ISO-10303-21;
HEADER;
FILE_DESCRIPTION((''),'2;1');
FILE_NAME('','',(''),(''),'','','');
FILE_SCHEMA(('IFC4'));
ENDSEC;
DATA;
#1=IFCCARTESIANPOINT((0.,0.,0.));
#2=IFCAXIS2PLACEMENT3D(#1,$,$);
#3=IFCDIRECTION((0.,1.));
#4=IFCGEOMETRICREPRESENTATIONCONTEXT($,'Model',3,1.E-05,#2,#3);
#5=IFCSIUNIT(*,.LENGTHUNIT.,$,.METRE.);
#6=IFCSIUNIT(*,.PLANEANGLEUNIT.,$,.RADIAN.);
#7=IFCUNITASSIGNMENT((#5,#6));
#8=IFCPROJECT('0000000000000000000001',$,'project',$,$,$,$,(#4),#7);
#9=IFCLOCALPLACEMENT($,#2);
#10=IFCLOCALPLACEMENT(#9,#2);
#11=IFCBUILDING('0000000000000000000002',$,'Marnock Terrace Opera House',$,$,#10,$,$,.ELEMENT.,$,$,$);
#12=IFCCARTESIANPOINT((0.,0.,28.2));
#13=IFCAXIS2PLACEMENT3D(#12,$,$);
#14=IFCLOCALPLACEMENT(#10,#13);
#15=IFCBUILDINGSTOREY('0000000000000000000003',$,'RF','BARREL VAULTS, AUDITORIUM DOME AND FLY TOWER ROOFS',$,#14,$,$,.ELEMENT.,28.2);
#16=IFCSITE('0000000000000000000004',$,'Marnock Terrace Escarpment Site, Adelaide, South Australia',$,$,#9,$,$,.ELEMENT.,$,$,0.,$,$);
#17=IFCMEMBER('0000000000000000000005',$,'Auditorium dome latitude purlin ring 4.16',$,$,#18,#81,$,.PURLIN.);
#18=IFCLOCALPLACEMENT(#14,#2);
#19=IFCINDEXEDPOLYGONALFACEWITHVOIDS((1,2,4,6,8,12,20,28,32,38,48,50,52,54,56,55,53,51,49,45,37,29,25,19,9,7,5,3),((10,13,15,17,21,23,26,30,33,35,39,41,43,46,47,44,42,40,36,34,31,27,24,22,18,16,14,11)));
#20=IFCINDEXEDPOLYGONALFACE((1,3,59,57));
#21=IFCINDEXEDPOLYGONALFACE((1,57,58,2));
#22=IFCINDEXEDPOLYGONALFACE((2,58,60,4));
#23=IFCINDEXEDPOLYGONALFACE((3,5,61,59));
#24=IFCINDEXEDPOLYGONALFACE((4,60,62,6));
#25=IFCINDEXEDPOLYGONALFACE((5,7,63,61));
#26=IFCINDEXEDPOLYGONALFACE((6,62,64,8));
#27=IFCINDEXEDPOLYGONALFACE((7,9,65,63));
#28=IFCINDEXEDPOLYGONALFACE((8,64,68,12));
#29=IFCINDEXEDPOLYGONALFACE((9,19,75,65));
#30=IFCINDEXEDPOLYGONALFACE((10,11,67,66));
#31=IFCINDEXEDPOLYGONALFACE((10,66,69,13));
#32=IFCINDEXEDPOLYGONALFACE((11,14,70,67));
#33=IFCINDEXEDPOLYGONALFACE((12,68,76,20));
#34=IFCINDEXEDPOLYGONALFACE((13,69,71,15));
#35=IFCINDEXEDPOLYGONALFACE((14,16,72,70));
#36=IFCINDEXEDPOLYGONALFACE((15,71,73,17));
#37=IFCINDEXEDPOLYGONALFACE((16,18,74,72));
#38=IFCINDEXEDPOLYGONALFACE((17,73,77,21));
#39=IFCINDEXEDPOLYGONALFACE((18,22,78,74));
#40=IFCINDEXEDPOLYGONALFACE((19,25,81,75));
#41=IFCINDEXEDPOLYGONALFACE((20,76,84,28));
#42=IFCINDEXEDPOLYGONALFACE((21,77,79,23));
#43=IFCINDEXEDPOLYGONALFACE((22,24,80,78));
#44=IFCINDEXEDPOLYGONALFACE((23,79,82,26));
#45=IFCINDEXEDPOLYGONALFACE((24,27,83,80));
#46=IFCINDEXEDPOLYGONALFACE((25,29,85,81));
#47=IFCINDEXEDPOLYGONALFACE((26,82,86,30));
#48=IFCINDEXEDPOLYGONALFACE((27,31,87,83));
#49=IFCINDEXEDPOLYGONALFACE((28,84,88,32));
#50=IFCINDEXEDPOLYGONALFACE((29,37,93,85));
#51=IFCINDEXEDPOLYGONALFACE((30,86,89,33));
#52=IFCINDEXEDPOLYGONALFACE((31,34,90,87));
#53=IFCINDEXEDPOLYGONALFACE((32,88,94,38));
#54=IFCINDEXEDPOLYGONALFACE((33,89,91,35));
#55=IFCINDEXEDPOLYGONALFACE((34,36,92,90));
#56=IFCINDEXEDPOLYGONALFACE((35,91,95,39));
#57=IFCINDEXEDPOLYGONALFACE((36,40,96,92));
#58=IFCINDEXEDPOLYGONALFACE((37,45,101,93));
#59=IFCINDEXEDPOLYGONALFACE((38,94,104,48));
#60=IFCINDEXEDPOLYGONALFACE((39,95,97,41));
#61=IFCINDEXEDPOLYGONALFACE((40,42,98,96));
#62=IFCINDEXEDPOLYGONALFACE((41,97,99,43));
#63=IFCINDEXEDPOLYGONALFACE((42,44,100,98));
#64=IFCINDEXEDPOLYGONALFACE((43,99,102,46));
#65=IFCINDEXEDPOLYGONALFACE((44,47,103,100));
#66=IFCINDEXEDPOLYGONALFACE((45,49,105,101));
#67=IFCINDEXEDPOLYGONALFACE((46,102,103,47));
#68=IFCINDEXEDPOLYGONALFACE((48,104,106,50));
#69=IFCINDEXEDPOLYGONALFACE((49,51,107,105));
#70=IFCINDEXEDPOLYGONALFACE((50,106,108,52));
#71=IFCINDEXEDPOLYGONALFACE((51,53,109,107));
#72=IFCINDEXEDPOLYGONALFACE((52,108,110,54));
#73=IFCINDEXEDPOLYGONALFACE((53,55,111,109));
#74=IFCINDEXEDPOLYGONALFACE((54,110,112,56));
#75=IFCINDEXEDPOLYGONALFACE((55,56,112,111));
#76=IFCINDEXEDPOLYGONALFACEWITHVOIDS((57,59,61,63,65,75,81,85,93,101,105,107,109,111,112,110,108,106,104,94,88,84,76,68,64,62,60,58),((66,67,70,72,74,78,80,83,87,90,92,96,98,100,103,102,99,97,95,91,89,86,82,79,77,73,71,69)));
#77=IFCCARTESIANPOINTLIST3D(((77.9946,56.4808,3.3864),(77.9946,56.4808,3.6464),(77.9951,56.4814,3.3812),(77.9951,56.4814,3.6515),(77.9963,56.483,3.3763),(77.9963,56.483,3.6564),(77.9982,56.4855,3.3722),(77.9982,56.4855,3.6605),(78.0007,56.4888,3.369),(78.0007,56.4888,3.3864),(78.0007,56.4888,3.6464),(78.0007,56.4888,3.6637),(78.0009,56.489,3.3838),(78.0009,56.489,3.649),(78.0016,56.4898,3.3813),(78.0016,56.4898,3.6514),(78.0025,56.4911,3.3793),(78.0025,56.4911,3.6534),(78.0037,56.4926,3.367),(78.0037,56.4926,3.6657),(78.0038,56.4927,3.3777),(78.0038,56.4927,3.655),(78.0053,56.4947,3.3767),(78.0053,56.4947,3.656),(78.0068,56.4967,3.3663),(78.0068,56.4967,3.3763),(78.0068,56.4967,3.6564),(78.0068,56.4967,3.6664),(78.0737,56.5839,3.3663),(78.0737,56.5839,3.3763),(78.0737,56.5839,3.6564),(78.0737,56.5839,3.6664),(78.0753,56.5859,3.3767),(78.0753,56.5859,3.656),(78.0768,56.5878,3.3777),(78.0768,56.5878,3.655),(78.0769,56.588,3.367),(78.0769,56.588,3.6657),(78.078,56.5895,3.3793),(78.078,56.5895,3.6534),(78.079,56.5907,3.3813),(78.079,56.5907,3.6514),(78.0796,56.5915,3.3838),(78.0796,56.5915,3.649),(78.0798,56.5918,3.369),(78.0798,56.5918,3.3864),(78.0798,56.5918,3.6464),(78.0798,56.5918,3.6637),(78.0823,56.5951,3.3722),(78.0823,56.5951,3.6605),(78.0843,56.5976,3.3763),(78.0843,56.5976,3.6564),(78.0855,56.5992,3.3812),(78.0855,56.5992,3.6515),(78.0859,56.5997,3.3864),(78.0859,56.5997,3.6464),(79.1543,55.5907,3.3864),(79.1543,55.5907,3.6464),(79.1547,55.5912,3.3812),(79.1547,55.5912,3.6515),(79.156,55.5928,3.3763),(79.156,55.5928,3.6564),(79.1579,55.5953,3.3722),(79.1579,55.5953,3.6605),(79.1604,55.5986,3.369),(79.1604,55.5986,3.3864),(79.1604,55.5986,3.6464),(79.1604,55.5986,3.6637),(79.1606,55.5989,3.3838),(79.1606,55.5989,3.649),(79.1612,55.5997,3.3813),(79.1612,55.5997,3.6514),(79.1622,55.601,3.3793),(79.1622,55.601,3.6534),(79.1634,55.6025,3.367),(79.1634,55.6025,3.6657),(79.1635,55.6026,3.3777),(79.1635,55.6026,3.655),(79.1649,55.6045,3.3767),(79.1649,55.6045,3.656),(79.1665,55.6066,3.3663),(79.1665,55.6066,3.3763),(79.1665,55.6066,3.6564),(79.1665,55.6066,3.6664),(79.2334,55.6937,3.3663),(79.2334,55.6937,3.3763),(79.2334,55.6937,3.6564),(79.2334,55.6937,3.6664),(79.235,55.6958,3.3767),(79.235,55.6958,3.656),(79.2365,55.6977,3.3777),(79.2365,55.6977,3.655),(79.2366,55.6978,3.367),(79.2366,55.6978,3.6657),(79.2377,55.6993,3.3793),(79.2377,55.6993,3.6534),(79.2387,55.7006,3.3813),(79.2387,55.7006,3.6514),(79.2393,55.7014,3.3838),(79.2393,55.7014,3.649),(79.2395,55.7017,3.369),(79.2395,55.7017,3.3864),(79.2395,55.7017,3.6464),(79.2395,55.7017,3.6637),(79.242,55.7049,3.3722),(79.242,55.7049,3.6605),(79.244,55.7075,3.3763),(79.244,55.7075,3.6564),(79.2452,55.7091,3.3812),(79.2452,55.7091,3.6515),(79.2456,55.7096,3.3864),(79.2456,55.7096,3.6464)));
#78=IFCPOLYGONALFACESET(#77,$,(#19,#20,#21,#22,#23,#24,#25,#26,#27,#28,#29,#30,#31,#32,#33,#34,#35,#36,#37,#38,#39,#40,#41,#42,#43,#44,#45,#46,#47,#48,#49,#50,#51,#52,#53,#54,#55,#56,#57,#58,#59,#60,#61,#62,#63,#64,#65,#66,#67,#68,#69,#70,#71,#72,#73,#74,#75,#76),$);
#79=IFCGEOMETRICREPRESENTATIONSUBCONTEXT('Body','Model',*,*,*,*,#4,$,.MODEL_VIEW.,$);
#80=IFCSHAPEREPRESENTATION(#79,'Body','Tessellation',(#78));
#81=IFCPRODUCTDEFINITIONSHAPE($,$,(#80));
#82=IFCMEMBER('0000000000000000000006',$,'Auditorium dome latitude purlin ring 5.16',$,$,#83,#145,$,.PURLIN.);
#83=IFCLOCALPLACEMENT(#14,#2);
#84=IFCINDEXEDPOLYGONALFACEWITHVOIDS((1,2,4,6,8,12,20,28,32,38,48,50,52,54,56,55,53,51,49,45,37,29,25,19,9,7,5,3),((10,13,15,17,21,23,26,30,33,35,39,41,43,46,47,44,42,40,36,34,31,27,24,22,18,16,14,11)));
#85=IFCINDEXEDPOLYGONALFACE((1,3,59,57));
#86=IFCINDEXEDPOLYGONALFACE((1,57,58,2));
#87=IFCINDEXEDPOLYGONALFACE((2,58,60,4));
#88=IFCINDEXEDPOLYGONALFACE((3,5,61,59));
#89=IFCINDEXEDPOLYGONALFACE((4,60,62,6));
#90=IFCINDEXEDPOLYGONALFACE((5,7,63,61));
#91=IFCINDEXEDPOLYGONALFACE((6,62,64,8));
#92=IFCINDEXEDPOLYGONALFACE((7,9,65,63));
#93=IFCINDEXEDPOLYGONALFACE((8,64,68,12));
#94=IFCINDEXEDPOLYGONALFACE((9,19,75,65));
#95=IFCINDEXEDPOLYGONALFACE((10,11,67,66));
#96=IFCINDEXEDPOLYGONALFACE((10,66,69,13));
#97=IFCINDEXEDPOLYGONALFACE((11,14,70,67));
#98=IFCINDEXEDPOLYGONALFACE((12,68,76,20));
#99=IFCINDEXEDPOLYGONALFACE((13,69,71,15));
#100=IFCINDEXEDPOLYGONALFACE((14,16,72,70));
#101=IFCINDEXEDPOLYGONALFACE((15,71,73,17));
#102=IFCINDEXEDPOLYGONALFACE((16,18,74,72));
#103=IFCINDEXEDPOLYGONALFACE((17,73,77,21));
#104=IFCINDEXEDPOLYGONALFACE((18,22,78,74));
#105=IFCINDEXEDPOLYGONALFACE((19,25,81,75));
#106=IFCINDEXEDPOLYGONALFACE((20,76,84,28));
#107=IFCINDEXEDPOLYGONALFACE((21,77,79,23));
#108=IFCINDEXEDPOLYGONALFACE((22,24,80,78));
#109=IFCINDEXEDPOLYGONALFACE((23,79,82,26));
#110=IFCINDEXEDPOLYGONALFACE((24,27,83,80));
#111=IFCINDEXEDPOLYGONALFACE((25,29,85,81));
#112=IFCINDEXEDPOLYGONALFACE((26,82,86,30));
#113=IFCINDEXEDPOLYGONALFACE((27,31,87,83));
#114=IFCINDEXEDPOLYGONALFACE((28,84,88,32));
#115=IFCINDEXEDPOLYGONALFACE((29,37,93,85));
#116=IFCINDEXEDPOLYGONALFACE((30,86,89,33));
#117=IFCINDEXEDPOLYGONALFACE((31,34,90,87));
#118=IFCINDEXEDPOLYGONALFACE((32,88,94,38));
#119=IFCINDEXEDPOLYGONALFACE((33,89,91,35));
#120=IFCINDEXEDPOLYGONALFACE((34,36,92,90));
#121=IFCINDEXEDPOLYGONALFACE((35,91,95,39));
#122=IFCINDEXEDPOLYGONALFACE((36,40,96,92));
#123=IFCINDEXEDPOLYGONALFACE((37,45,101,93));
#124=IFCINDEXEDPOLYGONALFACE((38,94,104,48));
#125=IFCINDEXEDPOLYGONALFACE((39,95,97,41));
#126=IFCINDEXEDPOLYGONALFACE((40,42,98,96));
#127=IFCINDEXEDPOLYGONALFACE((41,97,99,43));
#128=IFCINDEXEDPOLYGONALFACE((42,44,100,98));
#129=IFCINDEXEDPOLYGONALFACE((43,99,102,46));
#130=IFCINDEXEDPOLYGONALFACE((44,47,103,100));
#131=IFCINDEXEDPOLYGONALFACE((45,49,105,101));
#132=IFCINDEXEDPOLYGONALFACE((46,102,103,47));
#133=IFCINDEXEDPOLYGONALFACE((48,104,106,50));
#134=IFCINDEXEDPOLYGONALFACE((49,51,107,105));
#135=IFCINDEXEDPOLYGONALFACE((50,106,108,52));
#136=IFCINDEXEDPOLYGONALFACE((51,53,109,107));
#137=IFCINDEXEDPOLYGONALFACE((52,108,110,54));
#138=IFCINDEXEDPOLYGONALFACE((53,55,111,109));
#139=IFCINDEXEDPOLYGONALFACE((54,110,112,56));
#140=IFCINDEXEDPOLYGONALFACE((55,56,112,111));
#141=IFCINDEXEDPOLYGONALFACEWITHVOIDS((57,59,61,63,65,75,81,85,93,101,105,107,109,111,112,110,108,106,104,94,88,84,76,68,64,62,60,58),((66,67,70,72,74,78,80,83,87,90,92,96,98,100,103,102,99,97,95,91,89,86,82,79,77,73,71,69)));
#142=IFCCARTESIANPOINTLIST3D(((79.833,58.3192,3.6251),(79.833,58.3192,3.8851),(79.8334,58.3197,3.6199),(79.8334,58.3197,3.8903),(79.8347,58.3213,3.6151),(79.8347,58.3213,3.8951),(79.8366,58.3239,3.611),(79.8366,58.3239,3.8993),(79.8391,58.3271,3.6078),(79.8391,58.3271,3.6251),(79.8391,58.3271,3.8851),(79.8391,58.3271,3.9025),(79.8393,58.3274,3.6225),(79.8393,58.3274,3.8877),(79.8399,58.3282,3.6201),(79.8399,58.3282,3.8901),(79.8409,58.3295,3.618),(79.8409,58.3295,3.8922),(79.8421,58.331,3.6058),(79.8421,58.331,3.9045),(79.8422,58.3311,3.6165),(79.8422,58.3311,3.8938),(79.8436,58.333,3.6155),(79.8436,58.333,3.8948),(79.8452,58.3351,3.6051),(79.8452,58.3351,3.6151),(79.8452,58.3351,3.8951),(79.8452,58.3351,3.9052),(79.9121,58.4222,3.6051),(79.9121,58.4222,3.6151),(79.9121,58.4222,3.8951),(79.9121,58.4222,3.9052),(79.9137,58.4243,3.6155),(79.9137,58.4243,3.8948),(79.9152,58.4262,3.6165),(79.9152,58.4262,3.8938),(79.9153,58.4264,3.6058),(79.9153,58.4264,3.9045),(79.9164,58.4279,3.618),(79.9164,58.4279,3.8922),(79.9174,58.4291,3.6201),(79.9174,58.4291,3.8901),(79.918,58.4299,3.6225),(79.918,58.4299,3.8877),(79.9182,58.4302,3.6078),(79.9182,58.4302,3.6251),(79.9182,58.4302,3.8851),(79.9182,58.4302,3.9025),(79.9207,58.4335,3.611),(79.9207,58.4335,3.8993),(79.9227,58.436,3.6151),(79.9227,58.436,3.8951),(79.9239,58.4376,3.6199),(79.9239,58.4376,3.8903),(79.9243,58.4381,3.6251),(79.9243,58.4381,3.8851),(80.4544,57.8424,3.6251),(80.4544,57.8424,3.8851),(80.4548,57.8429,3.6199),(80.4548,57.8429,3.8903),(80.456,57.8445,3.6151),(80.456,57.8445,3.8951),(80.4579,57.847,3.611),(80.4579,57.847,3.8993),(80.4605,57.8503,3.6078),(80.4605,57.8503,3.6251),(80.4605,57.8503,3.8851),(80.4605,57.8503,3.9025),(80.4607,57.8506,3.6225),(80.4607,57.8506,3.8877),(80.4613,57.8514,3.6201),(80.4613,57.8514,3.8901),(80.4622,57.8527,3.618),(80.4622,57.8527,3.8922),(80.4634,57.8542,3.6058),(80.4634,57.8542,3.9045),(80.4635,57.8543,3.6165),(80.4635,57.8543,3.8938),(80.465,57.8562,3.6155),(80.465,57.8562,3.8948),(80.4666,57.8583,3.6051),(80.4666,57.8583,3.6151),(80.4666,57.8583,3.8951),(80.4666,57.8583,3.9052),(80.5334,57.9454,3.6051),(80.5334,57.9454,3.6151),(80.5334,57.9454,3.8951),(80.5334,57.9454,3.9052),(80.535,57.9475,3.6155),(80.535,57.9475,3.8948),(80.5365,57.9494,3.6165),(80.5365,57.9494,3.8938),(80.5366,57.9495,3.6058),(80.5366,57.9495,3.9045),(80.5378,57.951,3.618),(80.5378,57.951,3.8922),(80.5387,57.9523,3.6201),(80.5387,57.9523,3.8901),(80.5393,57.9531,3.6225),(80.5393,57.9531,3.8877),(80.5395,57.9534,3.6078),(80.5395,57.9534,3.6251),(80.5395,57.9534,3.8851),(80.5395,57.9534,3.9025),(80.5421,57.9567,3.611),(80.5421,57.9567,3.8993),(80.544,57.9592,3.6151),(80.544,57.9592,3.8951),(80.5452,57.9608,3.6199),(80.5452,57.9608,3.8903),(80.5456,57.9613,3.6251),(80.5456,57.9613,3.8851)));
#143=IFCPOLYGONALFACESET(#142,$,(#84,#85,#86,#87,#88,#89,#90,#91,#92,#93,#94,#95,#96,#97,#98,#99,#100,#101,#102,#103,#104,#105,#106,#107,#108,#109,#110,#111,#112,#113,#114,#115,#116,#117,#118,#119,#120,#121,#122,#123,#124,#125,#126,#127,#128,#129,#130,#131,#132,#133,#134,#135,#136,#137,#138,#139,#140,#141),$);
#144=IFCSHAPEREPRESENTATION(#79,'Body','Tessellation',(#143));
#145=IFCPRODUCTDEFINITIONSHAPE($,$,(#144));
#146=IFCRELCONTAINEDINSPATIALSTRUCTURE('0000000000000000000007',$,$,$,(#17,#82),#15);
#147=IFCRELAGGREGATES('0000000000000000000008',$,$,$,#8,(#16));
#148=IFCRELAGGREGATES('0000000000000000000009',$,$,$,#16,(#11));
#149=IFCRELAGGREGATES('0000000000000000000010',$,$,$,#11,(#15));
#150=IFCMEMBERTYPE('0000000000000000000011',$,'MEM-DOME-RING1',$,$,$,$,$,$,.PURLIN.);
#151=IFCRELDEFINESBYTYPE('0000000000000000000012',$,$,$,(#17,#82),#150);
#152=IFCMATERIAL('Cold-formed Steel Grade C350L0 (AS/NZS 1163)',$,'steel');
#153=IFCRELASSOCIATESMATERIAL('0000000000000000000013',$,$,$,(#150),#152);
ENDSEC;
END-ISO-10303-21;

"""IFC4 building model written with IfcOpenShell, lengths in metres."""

from ifc_helpers import new_model, si_unit, direction, frame, origin, origin_2d, place, context, subcontext, project, spatial, hollow_rectangle, extrude, material, material_profile, profile_set, type_object, element, save


model = new_model("IFC4")

# Units and contexts
model_context = context("Model", 3, precision=1e-05, world=origin(), true_north=direction((0.0, 1.0)))
body_context = subcontext(model_context, "Body", "Model", "MODEL_VIEW")
ifc_project = project(units=[si_unit("LENGTHUNIT", "METRE"), si_unit("PLANEANGLEUNIT", "RADIAN")], contexts=[model_context])

# Site, building, storey
site_placement = place(None, origin())
site = spatial("IfcSite", under=ifc_project, at=site_placement, Name="Marnock Terrace Escarpment Site, Adelaide, South Australia", CompositionType="ELEMENT", RefElevation=0.0)
building_placement = place(site_placement, origin())
building = spatial("IfcBuilding", under=site, at=building_placement, Name="Marnock Terrace Opera House", CompositionType="ELEMENT")
storey_placement = place(building_placement, frame((0.0, 0.0, 28.2)))
storey = spatial("IfcBuildingStorey", under=building, at=storey_placement, Name="RF", Description="BARREL VAULTS, AUDITORIUM DOME AND FLY TOWER ROOFS", CompositionType="ELEMENT", Elevation=28.2)

# Members
ifc_material_1 = material(Name="Cold-formed Steel Grade C350L0 (AS/NZS 1163)", Category="steel")
ifc_material_profile_1 = material_profile(ifc_material_1, hollow_rectangle(XDim=0.1499, YDim=0.3, WallThickness=0.01, InnerFilletRadius=0.01, OuterFilletRadius=0.02, at=origin_2d()))
ifc_profile_set_1 = profile_set([ifc_material_profile_1], Name="Cold-formed Steel Grade C350L0 (AS/NZS 1163)")
member_type_1 = type_object("IfcMemberType", Name="MEM-DOME-RING1", PredefinedType="PURLIN", material=ifc_profile_set_1)
for number, where, z_axis, x_axis, name in (
    (1, (78.0403, 56.5403, 3.5164), (0.793257, -0.608887, 0.0), (0.608887, 0.793257, 0.0), "Auditorium dome latitude purlin ring 4.16"),
):
    element("IfcMember", number, at=place(storey_placement, frame(where, z_axis=z_axis, x_axis=x_axis)), inside=storey, type_object=member_type_1, Name=name, PredefinedType="PURLIN", context=body_context, shape_type="SweptSolid", body=[
        extrude(hollow_rectangle(XDim=0.1499, YDim=0.3, WallThickness=0.01, InnerFilletRadius=0.01, OuterFilletRadius=0.02, at=origin_2d()), origin(), (0.0, 0.0, 1.0), 1.4619),
    ])
member_1_placement = place(storey_placement, frame((79.8787, 58.3787, 3.7551), z_axis=(0.79333, -0.608791, 0.0), x_axis=(0.608791, 0.79333, 0.0)))
element("IfcMember", 2, at=member_1_placement, inside=storey, type_object=member_type_1, Name="Auditorium dome latitude purlin ring 5.16", PredefinedType="PURLIN", context=body_context, shape_type="SweptSolid", body=[
    extrude(hollow_rectangle(XDim=0.1499, YDim=0.3, WallThickness=0.01, InnerFilletRadius=0.01, OuterFilletRadius=0.02, at=origin_2d()), origin(), (0.0, 0.0, 1.0), 0.7832),
])

save(model, "model.ifc")
